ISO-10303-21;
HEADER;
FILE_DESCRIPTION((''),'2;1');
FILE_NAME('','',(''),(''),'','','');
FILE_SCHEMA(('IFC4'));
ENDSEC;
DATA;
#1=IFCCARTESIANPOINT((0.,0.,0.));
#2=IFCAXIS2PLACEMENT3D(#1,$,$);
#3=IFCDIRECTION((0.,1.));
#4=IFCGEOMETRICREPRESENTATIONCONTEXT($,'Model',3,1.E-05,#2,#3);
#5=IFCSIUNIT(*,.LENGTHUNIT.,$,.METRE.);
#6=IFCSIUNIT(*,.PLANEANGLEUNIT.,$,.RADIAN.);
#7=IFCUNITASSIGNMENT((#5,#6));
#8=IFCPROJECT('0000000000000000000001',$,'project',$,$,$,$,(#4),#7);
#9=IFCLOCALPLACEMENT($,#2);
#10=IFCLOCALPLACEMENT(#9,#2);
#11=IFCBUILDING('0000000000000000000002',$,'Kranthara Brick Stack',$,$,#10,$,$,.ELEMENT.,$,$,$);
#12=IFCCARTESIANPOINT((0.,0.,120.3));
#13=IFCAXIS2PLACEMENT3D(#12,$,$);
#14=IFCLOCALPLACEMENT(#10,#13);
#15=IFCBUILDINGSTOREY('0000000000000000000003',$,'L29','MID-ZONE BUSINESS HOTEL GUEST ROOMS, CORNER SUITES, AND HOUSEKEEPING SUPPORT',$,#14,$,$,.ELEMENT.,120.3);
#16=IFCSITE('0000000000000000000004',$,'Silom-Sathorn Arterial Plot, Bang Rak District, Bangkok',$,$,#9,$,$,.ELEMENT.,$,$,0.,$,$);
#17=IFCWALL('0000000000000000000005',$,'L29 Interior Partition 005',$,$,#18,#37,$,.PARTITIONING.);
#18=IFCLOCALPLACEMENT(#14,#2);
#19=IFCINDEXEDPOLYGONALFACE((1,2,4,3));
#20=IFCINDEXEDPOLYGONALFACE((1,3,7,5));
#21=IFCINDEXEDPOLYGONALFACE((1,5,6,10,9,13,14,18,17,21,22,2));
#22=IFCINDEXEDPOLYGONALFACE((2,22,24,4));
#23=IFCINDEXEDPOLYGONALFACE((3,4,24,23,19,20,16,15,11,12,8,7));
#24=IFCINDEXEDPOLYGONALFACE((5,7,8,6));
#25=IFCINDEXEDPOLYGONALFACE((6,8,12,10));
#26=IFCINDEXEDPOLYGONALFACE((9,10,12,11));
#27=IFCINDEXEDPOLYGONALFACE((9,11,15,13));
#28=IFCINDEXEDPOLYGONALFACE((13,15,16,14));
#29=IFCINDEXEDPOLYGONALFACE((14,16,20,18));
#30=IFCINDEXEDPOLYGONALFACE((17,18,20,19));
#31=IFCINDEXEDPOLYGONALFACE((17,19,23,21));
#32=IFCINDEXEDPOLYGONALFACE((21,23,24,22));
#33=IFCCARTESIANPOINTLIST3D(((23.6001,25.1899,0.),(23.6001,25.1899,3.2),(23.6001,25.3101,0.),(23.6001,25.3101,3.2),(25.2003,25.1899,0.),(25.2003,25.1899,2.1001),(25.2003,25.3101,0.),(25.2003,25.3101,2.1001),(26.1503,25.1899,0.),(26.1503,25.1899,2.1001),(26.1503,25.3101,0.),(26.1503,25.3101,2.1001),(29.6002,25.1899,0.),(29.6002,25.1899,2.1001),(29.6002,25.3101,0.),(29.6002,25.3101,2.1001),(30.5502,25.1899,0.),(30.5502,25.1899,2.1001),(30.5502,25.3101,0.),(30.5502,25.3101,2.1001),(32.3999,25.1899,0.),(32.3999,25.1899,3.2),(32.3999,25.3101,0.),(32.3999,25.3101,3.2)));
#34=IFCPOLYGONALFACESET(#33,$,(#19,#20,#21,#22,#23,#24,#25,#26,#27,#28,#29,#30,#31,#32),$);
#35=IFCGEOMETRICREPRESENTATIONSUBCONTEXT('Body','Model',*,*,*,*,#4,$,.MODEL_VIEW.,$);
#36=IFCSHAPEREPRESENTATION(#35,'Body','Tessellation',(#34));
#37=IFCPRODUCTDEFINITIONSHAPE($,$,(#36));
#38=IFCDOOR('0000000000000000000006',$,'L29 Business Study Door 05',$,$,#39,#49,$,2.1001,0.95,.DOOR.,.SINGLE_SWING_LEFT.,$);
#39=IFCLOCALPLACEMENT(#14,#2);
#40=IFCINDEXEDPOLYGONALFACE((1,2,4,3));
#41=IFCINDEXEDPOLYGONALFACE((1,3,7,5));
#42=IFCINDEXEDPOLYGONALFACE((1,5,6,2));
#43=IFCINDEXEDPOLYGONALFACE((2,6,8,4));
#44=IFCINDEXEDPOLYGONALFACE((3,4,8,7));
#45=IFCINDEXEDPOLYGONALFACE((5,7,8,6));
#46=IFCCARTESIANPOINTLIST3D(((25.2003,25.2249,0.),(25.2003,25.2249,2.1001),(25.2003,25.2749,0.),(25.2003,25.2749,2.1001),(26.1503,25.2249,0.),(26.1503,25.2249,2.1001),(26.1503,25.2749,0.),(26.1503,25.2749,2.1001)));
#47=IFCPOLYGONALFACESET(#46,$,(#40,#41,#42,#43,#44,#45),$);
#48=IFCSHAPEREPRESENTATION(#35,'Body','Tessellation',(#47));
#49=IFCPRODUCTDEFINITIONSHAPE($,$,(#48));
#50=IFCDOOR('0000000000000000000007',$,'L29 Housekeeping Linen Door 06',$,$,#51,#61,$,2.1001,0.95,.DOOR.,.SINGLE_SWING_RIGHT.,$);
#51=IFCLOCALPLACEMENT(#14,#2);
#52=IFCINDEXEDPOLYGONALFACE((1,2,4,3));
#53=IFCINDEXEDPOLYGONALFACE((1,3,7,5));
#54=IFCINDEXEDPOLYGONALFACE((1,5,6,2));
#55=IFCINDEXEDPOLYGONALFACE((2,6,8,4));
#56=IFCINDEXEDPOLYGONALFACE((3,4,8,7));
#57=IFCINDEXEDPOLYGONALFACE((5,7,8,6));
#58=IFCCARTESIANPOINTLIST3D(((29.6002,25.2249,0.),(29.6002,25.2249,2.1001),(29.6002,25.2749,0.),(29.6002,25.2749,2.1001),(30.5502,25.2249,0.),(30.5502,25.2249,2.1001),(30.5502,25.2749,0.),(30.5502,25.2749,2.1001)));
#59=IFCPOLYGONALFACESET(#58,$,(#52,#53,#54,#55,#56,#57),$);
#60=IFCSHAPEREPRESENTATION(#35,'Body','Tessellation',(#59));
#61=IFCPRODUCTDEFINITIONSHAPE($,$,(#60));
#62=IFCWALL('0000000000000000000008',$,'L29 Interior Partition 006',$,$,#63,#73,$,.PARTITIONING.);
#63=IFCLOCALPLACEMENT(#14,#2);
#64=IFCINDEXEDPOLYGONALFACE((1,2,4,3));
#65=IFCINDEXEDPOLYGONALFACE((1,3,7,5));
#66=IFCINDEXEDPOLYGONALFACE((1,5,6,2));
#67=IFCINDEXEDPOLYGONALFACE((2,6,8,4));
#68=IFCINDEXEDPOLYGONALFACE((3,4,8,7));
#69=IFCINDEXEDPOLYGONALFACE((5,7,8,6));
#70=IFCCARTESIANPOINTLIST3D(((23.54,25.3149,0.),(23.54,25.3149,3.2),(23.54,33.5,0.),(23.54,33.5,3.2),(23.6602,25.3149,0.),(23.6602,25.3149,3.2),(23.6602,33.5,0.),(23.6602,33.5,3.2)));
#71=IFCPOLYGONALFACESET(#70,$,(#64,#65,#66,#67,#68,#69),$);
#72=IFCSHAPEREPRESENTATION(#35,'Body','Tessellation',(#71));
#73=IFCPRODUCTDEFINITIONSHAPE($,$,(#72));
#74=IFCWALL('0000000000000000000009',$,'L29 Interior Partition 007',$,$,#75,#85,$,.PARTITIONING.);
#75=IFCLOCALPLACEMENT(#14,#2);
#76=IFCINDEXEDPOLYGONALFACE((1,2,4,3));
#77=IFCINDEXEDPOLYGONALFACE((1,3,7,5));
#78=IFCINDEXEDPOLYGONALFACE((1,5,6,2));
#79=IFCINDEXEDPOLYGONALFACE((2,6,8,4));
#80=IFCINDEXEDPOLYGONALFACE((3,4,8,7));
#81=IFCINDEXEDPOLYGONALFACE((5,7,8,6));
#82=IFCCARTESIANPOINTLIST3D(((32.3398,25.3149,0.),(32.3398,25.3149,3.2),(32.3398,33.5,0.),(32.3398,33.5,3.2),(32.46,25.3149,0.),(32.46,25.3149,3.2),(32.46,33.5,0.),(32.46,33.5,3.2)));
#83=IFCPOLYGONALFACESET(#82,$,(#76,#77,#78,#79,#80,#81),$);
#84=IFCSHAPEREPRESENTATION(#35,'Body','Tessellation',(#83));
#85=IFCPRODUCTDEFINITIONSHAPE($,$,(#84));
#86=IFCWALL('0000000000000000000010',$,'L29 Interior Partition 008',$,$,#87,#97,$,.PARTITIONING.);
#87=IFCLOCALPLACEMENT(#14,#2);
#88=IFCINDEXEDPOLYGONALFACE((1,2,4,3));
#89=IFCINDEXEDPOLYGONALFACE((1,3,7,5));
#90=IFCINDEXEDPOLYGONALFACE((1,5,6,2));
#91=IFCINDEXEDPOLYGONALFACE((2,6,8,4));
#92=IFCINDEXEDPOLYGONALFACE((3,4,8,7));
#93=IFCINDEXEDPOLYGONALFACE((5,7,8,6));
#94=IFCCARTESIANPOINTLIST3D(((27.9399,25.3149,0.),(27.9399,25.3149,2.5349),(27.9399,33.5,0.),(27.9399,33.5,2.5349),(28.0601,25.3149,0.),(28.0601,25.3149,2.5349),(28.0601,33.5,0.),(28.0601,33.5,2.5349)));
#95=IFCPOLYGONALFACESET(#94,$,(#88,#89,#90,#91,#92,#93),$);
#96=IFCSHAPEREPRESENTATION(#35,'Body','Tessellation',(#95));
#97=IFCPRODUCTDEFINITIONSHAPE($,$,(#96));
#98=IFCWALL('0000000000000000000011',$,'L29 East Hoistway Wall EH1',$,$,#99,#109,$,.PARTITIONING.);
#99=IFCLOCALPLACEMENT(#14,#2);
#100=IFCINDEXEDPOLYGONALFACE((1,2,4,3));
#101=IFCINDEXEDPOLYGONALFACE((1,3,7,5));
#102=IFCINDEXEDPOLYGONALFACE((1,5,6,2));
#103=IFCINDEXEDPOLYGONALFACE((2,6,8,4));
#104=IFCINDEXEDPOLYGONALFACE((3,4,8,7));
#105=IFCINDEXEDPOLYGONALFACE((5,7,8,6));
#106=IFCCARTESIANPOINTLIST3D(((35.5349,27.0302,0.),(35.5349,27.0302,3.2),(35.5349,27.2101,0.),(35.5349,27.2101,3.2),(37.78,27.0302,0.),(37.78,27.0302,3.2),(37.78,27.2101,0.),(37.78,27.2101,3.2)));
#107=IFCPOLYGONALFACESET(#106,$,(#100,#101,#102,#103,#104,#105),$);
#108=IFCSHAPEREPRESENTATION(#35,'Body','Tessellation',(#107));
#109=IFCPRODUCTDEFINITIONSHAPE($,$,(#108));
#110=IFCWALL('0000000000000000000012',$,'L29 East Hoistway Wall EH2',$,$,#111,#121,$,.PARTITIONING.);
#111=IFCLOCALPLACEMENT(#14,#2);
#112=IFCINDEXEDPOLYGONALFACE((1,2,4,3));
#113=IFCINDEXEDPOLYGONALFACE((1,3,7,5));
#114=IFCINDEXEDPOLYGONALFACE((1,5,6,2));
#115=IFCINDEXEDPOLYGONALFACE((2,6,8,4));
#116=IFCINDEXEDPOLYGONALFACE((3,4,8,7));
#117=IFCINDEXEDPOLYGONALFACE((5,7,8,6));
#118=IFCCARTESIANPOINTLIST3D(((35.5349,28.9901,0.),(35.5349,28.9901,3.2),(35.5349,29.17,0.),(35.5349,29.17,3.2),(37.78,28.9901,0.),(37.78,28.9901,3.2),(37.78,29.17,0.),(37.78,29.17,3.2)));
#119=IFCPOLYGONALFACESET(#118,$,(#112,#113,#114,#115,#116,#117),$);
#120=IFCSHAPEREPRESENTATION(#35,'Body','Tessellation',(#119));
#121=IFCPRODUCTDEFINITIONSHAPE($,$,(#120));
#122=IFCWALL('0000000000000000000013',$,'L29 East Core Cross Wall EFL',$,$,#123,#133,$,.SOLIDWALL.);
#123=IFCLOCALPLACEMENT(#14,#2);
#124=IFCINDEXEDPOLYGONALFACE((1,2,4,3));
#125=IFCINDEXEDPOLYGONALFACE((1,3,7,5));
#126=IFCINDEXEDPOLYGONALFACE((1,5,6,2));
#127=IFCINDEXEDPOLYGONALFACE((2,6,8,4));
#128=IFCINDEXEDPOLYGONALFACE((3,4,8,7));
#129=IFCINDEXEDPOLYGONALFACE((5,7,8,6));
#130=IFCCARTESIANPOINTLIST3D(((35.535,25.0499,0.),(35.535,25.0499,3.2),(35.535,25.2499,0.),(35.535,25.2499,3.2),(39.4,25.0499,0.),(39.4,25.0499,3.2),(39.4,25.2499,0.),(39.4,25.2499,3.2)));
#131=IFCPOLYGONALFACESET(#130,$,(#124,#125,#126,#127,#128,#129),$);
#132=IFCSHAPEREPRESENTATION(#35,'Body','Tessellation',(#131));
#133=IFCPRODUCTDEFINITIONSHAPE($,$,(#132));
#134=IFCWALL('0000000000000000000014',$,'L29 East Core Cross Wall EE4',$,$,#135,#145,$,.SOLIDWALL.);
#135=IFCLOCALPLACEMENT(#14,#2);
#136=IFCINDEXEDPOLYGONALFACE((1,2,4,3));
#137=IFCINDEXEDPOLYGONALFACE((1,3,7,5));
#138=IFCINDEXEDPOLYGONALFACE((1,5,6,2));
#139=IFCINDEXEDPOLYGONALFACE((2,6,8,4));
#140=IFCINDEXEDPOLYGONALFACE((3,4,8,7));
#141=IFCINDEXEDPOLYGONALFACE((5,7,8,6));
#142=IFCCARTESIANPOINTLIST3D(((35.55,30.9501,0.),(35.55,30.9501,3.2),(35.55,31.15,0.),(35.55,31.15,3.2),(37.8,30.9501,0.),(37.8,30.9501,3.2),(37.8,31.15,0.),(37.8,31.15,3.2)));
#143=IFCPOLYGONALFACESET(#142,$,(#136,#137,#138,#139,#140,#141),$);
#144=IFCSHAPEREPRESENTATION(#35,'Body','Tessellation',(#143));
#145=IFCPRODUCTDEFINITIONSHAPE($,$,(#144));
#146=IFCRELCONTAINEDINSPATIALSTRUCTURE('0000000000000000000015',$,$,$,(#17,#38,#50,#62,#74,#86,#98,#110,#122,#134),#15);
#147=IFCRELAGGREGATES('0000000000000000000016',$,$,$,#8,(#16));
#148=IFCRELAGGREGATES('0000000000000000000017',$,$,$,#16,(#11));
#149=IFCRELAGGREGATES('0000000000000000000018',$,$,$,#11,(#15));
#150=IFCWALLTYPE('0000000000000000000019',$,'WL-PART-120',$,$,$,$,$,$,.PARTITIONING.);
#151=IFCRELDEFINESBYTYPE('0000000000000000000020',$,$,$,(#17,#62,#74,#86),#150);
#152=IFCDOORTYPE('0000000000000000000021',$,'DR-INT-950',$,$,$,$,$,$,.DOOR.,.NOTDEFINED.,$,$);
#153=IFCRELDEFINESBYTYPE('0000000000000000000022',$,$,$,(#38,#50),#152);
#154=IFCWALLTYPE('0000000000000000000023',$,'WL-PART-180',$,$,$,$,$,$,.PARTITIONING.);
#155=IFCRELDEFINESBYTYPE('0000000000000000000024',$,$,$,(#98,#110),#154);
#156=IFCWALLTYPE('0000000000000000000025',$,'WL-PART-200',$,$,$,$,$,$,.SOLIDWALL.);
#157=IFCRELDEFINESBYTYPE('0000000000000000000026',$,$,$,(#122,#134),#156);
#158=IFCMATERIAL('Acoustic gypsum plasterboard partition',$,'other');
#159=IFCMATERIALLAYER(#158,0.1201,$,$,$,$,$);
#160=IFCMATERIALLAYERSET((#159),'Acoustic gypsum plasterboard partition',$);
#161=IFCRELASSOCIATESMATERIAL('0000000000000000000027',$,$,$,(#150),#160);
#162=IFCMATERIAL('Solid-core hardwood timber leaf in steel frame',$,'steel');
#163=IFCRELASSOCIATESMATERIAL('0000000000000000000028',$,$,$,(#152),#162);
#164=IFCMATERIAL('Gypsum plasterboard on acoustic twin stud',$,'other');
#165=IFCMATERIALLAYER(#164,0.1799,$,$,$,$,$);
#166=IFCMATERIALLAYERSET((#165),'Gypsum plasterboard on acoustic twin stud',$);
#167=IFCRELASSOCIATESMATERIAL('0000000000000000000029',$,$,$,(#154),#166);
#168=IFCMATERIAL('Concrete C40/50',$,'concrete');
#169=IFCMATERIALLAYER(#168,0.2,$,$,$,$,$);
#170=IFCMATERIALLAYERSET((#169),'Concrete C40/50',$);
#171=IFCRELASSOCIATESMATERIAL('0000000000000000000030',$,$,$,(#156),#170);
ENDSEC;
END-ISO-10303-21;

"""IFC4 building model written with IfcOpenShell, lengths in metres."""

from ifc_helpers import new_model, si_unit, direction, frame, frame_2d, origin, place, context, subcontext, project, spatial, rectangle, extrude, material, layer, layer_set, type_object, element, fill, save


model = new_model("IFC4")

# Units and contexts
model_context = context("Model", 3, precision=1e-05, world=origin(), true_north=direction((0.0, 1.0)))
body_context = subcontext(model_context, "Body", "Model", "MODEL_VIEW")
ifc_project = project(units=[si_unit("LENGTHUNIT", "METRE"), si_unit("PLANEANGLEUNIT", "RADIAN")], contexts=[model_context])

# Site, building, storey
site_placement = place(None, origin())
site = spatial("IfcSite", under=ifc_project, at=site_placement, Name="Silom-Sathorn Arterial Plot, Bang Rak District, Bangkok", CompositionType="ELEMENT", RefElevation=0.0)
building_placement = place(site_placement, origin())
building = spatial("IfcBuilding", under=site, at=building_placement, Name="Kranthara Brick Stack", CompositionType="ELEMENT")
storey_placement = place(building_placement, frame((0.0, 0.0, 120.3)))
storey = spatial("IfcBuildingStorey", under=building, at=storey_placement, Name="L29", Description="MID-ZONE BUSINESS HOTEL GUEST ROOMS, CORNER SUITES, AND HOUSEKEEPING SUPPORT", CompositionType="ELEMENT", Elevation=120.3)

# Wall, openings, doors
ifc_material_1 = material(Name="Acoustic gypsum plasterboard partition", Category="other")
ifc_layer_1 = layer(ifc_material_1, 0.1201)
ifc_layer_set_1 = layer_set([ifc_layer_1], Name="Acoustic gypsum plasterboard partition")
wall_type_1 = type_object("IfcWallType", Name="WL-PART-120", PredefinedType="PARTITIONING", material=ifc_layer_set_1)
wall_1_placement = place(storey_placement, frame((23.6001, 25.25, 0.0), z_axis=(0.0, 0.0, 1.0), x_axis=(1.0, 0.0, 0.0)))
wall_1 = element("IfcWall", 1, at=wall_1_placement, inside=storey, type_object=wall_type_1, Name="L29 Interior Partition 005", PredefinedType="PARTITIONING", context=body_context, shape_type="SweptSolid", body=[
    extrude(rectangle(XDim=8.7998, YDim=0.1201, at=frame_2d((4.3999, 0.0))), origin(), (0.0, 0.0, 1.0), 3.2),
])
opening_1_placement = place(wall_1_placement, frame((1.6001, 0.0, 0.0)))
opening_1 = element("IfcOpeningElement", 2, at=opening_1_placement, cuts=wall_1, PredefinedType="OPENING", context=body_context, shape_type="SweptSolid", body=[
    extrude(rectangle(XDim=0.95, YDim=2.1001, at=frame_2d((0.4751, 1.05))), frame((0.0, 0.0701, 0.0), z_axis=(0.0, -1.0, 0.0), x_axis=(1.0, 0.0, 0.0)), (0.0, 0.0, 1.0), 0.1401),
])
opening_2_placement = place(wall_1_placement, frame((6.0, 0.0, 0.0)))
opening_2 = element("IfcOpeningElement", 3, at=opening_2_placement, cuts=wall_1, PredefinedType="OPENING", context=body_context, shape_type="SweptSolid", body=[
    extrude(rectangle(XDim=0.95, YDim=2.1001, at=frame_2d((0.4751, 1.05))), frame((0.0, 0.0701, 0.0), z_axis=(0.0, -1.0, 0.0), x_axis=(1.0, 0.0, 0.0)), (0.0, 0.0, 1.0), 0.1401),
])
ifc_material_2 = material(Name="Solid-core hardwood timber leaf in steel frame", Category="steel")
door_type_1 = type_object("IfcDoorType", Name="DR-INT-950", OperationType="NOTDEFINED", PredefinedType="DOOR", material=ifc_material_2)
door_1_placement = place(opening_1_placement, origin())
door_1 = element("IfcDoor", 4, at=door_1_placement, inside=storey, type_object=door_type_1, Name="L29 Business Study Door 05", OperationType="SINGLE_SWING_LEFT", OverallHeight=2.1001, OverallWidth=0.95, PredefinedType="DOOR", context=body_context, shape_type="SweptSolid", body=[
    extrude(rectangle(XDim=0.95, YDim=2.1001, at=frame_2d((0.4751, 1.05))), frame((0.0, 0.0249, 0.0), z_axis=(0.0, -1.0, 0.0), x_axis=(1.0, 0.0, 0.0)), (0.0, 0.0, 1.0), 0.05),
])
fill(opening_1, door_1)
door_2_placement = place(opening_2_placement, origin())
door_2 = element("IfcDoor", 5, at=door_2_placement, inside=storey, type_object=door_type_1, Name="L29 Housekeeping Linen Door 06", OperationType="SINGLE_SWING_RIGHT", OverallHeight=2.1001, OverallWidth=0.95, PredefinedType="DOOR", context=body_context, shape_type="SweptSolid", body=[
    extrude(rectangle(XDim=0.95, YDim=2.1001, at=frame_2d((0.4751, 1.05))), frame((0.0, 0.0249, 0.0), z_axis=(0.0, -1.0, 0.0), x_axis=(1.0, 0.0, 0.0)), (0.0, 0.0, 1.0), 0.05),
])
fill(opening_2, door_2)

# Walls
for number, where, z_axis, x_axis, name in (
    (6, (23.6001, 25.3149, 0.0), (0.0, 0.0, 1.0), (0.0, 1.0, 0.0), "L29 Interior Partition 006"),
    (7, (32.3999, 25.3149, 0.0), (0.0, 0.0, 1.0), (0.0, 1.0, 0.0), "L29 Interior Partition 007"),
):
    element("IfcWall", number, at=place(storey_placement, frame(where, z_axis=z_axis, x_axis=x_axis)), inside=storey, type_object=wall_type_1, Name=name, PredefinedType="PARTITIONING", context=body_context, shape_type="SweptSolid", body=[
        extrude(rectangle(XDim=8.1851, YDim=0.1201, at=frame_2d((4.0925, 0.0))), origin(), (0.0, 0.0, 1.0), 3.2),
    ])
wall_2_placement = place(storey_placement, frame((28.0, 25.3149, 0.0), z_axis=(0.0, 0.0, 1.0), x_axis=(0.0, 1.0, 0.0)))
element("IfcWall", 8, at=wall_2_placement, inside=storey, type_object=wall_type_1, Name="L29 Interior Partition 008", PredefinedType="PARTITIONING", context=body_context, shape_type="SweptSolid", body=[
    extrude(rectangle(XDim=8.1851, YDim=0.1201, at=frame_2d((4.0925, 0.0))), origin(), (0.0, 0.0, 1.0), 2.5349),
])
ifc_material_3 = material(Name="Gypsum plasterboard on acoustic twin stud", Category="other")
ifc_layer_2 = layer(ifc_material_3, 0.1799)
ifc_layer_set_2 = layer_set([ifc_layer_2], Name="Gypsum plasterboard on acoustic twin stud")
wall_type_2 = type_object("IfcWallType", Name="WL-PART-180", PredefinedType="PARTITIONING", material=ifc_layer_set_2)
for number, where, z_axis, x_axis, name in (
    (9, (35.5349, 27.1201, 0.0), (0.0, 0.0, 1.0), (1.0, 0.0, 0.0), "L29 East Hoistway Wall EH1"),
    (10, (35.5349, 29.0801, 0.0), (0.0, 0.0, 1.0), (1.0, 0.0, 0.0), "L29 East Hoistway Wall EH2"),
):
    element("IfcWall", number, at=place(storey_placement, frame(where, z_axis=z_axis, x_axis=x_axis)), inside=storey, type_object=wall_type_2, Name=name, PredefinedType="PARTITIONING", context=body_context, shape_type="SweptSolid", body=[
        extrude(rectangle(XDim=2.2451, YDim=0.1799, at=frame_2d((1.1226, 0.0))), origin(), (0.0, 0.0, 1.0), 3.2),
    ])
ifc_material_4 = material(Name="Concrete C40/50", Category="concrete")
ifc_layer_3 = layer(ifc_material_4, 0.2)
ifc_layer_set_3 = layer_set([ifc_layer_3], Name="Concrete C40/50")
wall_type_3 = type_object("IfcWallType", Name="WL-PART-200", PredefinedType="SOLIDWALL", material=ifc_layer_set_3)
wall_3_placement = place(storey_placement, frame((35.5349, 25.1499, 0.0), z_axis=(0.0, 0.0, 1.0), x_axis=(1.0, 0.0, 0.0)))
element("IfcWall", 11, at=wall_3_placement, inside=storey, type_object=wall_type_3, Name="L29 East Core Cross Wall EFL", PredefinedType="SOLIDWALL", context=body_context, shape_type="SweptSolid", body=[
    extrude(rectangle(XDim=3.865, YDim=0.2, at=frame_2d((1.9326, 0.0))), origin(), (0.0, 0.0, 1.0), 3.2),
])
wall_4_placement = place(storey_placement, frame((35.55, 31.05, 0.0), z_axis=(0.0, 0.0, 1.0), x_axis=(1.0, 0.0, 0.0)))
element("IfcWall", 12, at=wall_4_placement, inside=storey, type_object=wall_type_3, Name="L29 East Core Cross Wall EE4", PredefinedType="SOLIDWALL", context=body_context, shape_type="SweptSolid", body=[
    extrude(rectangle(XDim=2.25, YDim=0.2, at=frame_2d((1.125, 0.0))), origin(), (0.0, 0.0, 1.0), 3.2),
])

save(model, "model.ifc")
